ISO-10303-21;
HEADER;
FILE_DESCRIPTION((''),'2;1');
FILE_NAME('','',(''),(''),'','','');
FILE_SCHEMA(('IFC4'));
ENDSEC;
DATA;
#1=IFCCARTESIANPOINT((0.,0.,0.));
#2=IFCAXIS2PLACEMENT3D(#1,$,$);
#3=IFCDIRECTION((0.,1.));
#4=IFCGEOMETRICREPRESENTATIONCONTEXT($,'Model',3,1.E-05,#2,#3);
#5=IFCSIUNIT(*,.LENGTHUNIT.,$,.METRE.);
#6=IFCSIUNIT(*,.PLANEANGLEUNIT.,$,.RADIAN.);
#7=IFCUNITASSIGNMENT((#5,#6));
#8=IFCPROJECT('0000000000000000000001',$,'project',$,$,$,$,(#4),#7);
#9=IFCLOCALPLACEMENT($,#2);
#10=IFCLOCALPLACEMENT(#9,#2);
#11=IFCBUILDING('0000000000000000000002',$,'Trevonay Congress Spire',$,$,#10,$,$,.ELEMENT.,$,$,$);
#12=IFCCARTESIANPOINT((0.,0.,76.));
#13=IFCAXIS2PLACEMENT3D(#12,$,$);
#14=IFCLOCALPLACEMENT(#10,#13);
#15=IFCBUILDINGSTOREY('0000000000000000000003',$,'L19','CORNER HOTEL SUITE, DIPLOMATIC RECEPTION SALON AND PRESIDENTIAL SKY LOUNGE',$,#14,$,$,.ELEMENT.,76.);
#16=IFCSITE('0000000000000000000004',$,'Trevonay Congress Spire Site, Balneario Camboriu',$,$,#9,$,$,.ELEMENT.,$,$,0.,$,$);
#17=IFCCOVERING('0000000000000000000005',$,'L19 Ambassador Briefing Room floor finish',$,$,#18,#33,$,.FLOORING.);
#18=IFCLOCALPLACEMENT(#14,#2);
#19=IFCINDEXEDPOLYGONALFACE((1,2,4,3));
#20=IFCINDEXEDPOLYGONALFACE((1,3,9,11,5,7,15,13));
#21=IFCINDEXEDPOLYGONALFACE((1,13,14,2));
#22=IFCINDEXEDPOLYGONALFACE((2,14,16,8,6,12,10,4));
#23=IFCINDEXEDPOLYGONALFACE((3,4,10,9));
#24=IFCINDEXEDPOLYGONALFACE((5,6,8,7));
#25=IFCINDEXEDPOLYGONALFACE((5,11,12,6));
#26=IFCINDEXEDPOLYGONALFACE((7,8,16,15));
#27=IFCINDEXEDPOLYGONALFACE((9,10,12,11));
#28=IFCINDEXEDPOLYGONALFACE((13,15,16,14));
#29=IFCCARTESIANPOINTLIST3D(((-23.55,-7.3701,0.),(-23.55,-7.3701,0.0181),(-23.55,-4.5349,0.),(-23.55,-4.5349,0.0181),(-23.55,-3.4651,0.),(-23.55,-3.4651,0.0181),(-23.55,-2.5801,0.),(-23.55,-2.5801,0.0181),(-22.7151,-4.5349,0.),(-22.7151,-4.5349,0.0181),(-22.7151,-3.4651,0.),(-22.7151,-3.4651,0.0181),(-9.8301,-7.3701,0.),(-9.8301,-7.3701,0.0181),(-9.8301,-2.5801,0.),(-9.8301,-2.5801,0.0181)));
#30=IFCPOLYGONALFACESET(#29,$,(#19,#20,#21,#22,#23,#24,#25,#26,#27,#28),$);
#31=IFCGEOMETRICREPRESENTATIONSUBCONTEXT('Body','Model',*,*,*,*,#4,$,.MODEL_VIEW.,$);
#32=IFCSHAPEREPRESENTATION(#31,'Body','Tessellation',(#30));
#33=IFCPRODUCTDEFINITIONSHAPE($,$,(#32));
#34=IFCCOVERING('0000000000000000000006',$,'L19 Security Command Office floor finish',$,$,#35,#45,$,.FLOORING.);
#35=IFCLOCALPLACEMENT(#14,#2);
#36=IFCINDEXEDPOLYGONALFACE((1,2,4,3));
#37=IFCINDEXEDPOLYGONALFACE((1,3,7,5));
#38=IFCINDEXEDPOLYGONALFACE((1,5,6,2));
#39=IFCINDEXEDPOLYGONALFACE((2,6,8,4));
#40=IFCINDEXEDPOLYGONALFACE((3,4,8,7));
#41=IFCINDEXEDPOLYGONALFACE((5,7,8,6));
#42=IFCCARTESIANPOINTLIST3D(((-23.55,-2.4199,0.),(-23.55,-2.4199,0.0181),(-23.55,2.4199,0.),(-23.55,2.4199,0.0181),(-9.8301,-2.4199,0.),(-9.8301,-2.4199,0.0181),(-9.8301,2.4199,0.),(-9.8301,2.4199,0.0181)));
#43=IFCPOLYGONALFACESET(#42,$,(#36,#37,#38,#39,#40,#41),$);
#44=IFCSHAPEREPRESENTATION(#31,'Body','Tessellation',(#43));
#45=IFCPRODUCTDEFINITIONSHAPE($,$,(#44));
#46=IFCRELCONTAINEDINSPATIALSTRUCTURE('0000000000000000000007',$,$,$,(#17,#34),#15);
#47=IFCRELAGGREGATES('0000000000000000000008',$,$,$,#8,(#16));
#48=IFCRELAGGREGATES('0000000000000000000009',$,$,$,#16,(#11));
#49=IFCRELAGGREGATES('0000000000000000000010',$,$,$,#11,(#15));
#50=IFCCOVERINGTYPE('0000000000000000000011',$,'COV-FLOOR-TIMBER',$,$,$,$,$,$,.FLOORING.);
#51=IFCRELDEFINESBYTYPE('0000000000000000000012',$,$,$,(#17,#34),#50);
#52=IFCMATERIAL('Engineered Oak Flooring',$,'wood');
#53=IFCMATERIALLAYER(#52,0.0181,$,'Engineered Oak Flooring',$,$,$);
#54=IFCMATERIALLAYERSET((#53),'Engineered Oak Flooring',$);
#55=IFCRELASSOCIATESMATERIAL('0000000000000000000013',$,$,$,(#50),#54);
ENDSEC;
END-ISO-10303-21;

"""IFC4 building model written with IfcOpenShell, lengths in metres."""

from ifc_helpers import new_model, si_unit, direction, frame, origin, place, context, subcontext, project, spatial, polyline, outline, extrude, material, layer, layer_set, type_object, element, save


model = new_model("IFC4")

# Units and contexts
model_context = context("Model", 3, precision=1e-05, world=origin(), true_north=direction((0.0, 1.0)))
body_context = subcontext(model_context, "Body", "Model", "MODEL_VIEW")
ifc_project = project(units=[si_unit("LENGTHUNIT", "METRE"), si_unit("PLANEANGLEUNIT", "RADIAN")], contexts=[model_context])

# Site, building, storey
site_placement = place(None, origin())
site = spatial("IfcSite", under=ifc_project, at=site_placement, Name="Trevonay Congress Spire Site, Balneario Camboriu", CompositionType="ELEMENT", RefElevation=0.0)
building_placement = place(site_placement, origin())
building = spatial("IfcBuilding", under=site, at=building_placement, Name="Trevonay Congress Spire", CompositionType="ELEMENT")
storey_placement = place(building_placement, frame((0.0, 0.0, 76.0)))
storey = spatial("IfcBuildingStorey", under=building, at=storey_placement, Name="L19", Description="CORNER HOTEL SUITE, DIPLOMATIC RECEPTION SALON AND PRESIDENTIAL SKY LOUNGE", CompositionType="ELEMENT", Elevation=76.0)

# Coverings
ifc_material_1 = material(Name="Engineered Oak Flooring", Category="wood")
ifc_layer_1 = layer(ifc_material_1, 0.0181, Name="Engineered Oak Flooring")
ifc_layer_set_1 = layer_set([ifc_layer_1], Name="Engineered Oak Flooring")
covering_type_1 = type_object("IfcCoveringType", Name="COV-FLOOR-TIMBER", PredefinedType="FLOORING", material=ifc_layer_set_1)
covering_1_placement = place(storey_placement, origin())
element("IfcCovering", 1, at=covering_1_placement, inside=storey, type_object=covering_type_1, Name="L19 Ambassador Briefing Room floor finish", PredefinedType="FLOORING", context=body_context, shape_type="SweptSolid", body=[
    extrude(outline(polyline([(-23.55, -2.5801), (-9.8301, -2.5801), (-9.8301, -7.3701), (-23.55, -7.3701), (-23.55, -4.5349), (-22.7151, -4.5349), (-22.7151, -3.4651), (-23.55, -3.4651), (-23.55, -2.5801)])), origin(), (0.0, 0.0, 1.0), 0.0181),
])
covering_2_placement = place(storey_placement, origin())
element("IfcCovering", 2, at=covering_2_placement, inside=storey, type_object=covering_type_1, Name="L19 Security Command Office floor finish", PredefinedType="FLOORING", context=body_context, shape_type="SweptSolid", body=[
    extrude(outline(polyline([(-23.55, -2.4199), (-9.8301, -2.4199), (-9.8301, 2.4199), (-23.55, 2.4199), (-23.55, -2.4199)])), origin(), (0.0, 0.0, 1.0), 0.0181),
])

save(model, "model.ifc")
